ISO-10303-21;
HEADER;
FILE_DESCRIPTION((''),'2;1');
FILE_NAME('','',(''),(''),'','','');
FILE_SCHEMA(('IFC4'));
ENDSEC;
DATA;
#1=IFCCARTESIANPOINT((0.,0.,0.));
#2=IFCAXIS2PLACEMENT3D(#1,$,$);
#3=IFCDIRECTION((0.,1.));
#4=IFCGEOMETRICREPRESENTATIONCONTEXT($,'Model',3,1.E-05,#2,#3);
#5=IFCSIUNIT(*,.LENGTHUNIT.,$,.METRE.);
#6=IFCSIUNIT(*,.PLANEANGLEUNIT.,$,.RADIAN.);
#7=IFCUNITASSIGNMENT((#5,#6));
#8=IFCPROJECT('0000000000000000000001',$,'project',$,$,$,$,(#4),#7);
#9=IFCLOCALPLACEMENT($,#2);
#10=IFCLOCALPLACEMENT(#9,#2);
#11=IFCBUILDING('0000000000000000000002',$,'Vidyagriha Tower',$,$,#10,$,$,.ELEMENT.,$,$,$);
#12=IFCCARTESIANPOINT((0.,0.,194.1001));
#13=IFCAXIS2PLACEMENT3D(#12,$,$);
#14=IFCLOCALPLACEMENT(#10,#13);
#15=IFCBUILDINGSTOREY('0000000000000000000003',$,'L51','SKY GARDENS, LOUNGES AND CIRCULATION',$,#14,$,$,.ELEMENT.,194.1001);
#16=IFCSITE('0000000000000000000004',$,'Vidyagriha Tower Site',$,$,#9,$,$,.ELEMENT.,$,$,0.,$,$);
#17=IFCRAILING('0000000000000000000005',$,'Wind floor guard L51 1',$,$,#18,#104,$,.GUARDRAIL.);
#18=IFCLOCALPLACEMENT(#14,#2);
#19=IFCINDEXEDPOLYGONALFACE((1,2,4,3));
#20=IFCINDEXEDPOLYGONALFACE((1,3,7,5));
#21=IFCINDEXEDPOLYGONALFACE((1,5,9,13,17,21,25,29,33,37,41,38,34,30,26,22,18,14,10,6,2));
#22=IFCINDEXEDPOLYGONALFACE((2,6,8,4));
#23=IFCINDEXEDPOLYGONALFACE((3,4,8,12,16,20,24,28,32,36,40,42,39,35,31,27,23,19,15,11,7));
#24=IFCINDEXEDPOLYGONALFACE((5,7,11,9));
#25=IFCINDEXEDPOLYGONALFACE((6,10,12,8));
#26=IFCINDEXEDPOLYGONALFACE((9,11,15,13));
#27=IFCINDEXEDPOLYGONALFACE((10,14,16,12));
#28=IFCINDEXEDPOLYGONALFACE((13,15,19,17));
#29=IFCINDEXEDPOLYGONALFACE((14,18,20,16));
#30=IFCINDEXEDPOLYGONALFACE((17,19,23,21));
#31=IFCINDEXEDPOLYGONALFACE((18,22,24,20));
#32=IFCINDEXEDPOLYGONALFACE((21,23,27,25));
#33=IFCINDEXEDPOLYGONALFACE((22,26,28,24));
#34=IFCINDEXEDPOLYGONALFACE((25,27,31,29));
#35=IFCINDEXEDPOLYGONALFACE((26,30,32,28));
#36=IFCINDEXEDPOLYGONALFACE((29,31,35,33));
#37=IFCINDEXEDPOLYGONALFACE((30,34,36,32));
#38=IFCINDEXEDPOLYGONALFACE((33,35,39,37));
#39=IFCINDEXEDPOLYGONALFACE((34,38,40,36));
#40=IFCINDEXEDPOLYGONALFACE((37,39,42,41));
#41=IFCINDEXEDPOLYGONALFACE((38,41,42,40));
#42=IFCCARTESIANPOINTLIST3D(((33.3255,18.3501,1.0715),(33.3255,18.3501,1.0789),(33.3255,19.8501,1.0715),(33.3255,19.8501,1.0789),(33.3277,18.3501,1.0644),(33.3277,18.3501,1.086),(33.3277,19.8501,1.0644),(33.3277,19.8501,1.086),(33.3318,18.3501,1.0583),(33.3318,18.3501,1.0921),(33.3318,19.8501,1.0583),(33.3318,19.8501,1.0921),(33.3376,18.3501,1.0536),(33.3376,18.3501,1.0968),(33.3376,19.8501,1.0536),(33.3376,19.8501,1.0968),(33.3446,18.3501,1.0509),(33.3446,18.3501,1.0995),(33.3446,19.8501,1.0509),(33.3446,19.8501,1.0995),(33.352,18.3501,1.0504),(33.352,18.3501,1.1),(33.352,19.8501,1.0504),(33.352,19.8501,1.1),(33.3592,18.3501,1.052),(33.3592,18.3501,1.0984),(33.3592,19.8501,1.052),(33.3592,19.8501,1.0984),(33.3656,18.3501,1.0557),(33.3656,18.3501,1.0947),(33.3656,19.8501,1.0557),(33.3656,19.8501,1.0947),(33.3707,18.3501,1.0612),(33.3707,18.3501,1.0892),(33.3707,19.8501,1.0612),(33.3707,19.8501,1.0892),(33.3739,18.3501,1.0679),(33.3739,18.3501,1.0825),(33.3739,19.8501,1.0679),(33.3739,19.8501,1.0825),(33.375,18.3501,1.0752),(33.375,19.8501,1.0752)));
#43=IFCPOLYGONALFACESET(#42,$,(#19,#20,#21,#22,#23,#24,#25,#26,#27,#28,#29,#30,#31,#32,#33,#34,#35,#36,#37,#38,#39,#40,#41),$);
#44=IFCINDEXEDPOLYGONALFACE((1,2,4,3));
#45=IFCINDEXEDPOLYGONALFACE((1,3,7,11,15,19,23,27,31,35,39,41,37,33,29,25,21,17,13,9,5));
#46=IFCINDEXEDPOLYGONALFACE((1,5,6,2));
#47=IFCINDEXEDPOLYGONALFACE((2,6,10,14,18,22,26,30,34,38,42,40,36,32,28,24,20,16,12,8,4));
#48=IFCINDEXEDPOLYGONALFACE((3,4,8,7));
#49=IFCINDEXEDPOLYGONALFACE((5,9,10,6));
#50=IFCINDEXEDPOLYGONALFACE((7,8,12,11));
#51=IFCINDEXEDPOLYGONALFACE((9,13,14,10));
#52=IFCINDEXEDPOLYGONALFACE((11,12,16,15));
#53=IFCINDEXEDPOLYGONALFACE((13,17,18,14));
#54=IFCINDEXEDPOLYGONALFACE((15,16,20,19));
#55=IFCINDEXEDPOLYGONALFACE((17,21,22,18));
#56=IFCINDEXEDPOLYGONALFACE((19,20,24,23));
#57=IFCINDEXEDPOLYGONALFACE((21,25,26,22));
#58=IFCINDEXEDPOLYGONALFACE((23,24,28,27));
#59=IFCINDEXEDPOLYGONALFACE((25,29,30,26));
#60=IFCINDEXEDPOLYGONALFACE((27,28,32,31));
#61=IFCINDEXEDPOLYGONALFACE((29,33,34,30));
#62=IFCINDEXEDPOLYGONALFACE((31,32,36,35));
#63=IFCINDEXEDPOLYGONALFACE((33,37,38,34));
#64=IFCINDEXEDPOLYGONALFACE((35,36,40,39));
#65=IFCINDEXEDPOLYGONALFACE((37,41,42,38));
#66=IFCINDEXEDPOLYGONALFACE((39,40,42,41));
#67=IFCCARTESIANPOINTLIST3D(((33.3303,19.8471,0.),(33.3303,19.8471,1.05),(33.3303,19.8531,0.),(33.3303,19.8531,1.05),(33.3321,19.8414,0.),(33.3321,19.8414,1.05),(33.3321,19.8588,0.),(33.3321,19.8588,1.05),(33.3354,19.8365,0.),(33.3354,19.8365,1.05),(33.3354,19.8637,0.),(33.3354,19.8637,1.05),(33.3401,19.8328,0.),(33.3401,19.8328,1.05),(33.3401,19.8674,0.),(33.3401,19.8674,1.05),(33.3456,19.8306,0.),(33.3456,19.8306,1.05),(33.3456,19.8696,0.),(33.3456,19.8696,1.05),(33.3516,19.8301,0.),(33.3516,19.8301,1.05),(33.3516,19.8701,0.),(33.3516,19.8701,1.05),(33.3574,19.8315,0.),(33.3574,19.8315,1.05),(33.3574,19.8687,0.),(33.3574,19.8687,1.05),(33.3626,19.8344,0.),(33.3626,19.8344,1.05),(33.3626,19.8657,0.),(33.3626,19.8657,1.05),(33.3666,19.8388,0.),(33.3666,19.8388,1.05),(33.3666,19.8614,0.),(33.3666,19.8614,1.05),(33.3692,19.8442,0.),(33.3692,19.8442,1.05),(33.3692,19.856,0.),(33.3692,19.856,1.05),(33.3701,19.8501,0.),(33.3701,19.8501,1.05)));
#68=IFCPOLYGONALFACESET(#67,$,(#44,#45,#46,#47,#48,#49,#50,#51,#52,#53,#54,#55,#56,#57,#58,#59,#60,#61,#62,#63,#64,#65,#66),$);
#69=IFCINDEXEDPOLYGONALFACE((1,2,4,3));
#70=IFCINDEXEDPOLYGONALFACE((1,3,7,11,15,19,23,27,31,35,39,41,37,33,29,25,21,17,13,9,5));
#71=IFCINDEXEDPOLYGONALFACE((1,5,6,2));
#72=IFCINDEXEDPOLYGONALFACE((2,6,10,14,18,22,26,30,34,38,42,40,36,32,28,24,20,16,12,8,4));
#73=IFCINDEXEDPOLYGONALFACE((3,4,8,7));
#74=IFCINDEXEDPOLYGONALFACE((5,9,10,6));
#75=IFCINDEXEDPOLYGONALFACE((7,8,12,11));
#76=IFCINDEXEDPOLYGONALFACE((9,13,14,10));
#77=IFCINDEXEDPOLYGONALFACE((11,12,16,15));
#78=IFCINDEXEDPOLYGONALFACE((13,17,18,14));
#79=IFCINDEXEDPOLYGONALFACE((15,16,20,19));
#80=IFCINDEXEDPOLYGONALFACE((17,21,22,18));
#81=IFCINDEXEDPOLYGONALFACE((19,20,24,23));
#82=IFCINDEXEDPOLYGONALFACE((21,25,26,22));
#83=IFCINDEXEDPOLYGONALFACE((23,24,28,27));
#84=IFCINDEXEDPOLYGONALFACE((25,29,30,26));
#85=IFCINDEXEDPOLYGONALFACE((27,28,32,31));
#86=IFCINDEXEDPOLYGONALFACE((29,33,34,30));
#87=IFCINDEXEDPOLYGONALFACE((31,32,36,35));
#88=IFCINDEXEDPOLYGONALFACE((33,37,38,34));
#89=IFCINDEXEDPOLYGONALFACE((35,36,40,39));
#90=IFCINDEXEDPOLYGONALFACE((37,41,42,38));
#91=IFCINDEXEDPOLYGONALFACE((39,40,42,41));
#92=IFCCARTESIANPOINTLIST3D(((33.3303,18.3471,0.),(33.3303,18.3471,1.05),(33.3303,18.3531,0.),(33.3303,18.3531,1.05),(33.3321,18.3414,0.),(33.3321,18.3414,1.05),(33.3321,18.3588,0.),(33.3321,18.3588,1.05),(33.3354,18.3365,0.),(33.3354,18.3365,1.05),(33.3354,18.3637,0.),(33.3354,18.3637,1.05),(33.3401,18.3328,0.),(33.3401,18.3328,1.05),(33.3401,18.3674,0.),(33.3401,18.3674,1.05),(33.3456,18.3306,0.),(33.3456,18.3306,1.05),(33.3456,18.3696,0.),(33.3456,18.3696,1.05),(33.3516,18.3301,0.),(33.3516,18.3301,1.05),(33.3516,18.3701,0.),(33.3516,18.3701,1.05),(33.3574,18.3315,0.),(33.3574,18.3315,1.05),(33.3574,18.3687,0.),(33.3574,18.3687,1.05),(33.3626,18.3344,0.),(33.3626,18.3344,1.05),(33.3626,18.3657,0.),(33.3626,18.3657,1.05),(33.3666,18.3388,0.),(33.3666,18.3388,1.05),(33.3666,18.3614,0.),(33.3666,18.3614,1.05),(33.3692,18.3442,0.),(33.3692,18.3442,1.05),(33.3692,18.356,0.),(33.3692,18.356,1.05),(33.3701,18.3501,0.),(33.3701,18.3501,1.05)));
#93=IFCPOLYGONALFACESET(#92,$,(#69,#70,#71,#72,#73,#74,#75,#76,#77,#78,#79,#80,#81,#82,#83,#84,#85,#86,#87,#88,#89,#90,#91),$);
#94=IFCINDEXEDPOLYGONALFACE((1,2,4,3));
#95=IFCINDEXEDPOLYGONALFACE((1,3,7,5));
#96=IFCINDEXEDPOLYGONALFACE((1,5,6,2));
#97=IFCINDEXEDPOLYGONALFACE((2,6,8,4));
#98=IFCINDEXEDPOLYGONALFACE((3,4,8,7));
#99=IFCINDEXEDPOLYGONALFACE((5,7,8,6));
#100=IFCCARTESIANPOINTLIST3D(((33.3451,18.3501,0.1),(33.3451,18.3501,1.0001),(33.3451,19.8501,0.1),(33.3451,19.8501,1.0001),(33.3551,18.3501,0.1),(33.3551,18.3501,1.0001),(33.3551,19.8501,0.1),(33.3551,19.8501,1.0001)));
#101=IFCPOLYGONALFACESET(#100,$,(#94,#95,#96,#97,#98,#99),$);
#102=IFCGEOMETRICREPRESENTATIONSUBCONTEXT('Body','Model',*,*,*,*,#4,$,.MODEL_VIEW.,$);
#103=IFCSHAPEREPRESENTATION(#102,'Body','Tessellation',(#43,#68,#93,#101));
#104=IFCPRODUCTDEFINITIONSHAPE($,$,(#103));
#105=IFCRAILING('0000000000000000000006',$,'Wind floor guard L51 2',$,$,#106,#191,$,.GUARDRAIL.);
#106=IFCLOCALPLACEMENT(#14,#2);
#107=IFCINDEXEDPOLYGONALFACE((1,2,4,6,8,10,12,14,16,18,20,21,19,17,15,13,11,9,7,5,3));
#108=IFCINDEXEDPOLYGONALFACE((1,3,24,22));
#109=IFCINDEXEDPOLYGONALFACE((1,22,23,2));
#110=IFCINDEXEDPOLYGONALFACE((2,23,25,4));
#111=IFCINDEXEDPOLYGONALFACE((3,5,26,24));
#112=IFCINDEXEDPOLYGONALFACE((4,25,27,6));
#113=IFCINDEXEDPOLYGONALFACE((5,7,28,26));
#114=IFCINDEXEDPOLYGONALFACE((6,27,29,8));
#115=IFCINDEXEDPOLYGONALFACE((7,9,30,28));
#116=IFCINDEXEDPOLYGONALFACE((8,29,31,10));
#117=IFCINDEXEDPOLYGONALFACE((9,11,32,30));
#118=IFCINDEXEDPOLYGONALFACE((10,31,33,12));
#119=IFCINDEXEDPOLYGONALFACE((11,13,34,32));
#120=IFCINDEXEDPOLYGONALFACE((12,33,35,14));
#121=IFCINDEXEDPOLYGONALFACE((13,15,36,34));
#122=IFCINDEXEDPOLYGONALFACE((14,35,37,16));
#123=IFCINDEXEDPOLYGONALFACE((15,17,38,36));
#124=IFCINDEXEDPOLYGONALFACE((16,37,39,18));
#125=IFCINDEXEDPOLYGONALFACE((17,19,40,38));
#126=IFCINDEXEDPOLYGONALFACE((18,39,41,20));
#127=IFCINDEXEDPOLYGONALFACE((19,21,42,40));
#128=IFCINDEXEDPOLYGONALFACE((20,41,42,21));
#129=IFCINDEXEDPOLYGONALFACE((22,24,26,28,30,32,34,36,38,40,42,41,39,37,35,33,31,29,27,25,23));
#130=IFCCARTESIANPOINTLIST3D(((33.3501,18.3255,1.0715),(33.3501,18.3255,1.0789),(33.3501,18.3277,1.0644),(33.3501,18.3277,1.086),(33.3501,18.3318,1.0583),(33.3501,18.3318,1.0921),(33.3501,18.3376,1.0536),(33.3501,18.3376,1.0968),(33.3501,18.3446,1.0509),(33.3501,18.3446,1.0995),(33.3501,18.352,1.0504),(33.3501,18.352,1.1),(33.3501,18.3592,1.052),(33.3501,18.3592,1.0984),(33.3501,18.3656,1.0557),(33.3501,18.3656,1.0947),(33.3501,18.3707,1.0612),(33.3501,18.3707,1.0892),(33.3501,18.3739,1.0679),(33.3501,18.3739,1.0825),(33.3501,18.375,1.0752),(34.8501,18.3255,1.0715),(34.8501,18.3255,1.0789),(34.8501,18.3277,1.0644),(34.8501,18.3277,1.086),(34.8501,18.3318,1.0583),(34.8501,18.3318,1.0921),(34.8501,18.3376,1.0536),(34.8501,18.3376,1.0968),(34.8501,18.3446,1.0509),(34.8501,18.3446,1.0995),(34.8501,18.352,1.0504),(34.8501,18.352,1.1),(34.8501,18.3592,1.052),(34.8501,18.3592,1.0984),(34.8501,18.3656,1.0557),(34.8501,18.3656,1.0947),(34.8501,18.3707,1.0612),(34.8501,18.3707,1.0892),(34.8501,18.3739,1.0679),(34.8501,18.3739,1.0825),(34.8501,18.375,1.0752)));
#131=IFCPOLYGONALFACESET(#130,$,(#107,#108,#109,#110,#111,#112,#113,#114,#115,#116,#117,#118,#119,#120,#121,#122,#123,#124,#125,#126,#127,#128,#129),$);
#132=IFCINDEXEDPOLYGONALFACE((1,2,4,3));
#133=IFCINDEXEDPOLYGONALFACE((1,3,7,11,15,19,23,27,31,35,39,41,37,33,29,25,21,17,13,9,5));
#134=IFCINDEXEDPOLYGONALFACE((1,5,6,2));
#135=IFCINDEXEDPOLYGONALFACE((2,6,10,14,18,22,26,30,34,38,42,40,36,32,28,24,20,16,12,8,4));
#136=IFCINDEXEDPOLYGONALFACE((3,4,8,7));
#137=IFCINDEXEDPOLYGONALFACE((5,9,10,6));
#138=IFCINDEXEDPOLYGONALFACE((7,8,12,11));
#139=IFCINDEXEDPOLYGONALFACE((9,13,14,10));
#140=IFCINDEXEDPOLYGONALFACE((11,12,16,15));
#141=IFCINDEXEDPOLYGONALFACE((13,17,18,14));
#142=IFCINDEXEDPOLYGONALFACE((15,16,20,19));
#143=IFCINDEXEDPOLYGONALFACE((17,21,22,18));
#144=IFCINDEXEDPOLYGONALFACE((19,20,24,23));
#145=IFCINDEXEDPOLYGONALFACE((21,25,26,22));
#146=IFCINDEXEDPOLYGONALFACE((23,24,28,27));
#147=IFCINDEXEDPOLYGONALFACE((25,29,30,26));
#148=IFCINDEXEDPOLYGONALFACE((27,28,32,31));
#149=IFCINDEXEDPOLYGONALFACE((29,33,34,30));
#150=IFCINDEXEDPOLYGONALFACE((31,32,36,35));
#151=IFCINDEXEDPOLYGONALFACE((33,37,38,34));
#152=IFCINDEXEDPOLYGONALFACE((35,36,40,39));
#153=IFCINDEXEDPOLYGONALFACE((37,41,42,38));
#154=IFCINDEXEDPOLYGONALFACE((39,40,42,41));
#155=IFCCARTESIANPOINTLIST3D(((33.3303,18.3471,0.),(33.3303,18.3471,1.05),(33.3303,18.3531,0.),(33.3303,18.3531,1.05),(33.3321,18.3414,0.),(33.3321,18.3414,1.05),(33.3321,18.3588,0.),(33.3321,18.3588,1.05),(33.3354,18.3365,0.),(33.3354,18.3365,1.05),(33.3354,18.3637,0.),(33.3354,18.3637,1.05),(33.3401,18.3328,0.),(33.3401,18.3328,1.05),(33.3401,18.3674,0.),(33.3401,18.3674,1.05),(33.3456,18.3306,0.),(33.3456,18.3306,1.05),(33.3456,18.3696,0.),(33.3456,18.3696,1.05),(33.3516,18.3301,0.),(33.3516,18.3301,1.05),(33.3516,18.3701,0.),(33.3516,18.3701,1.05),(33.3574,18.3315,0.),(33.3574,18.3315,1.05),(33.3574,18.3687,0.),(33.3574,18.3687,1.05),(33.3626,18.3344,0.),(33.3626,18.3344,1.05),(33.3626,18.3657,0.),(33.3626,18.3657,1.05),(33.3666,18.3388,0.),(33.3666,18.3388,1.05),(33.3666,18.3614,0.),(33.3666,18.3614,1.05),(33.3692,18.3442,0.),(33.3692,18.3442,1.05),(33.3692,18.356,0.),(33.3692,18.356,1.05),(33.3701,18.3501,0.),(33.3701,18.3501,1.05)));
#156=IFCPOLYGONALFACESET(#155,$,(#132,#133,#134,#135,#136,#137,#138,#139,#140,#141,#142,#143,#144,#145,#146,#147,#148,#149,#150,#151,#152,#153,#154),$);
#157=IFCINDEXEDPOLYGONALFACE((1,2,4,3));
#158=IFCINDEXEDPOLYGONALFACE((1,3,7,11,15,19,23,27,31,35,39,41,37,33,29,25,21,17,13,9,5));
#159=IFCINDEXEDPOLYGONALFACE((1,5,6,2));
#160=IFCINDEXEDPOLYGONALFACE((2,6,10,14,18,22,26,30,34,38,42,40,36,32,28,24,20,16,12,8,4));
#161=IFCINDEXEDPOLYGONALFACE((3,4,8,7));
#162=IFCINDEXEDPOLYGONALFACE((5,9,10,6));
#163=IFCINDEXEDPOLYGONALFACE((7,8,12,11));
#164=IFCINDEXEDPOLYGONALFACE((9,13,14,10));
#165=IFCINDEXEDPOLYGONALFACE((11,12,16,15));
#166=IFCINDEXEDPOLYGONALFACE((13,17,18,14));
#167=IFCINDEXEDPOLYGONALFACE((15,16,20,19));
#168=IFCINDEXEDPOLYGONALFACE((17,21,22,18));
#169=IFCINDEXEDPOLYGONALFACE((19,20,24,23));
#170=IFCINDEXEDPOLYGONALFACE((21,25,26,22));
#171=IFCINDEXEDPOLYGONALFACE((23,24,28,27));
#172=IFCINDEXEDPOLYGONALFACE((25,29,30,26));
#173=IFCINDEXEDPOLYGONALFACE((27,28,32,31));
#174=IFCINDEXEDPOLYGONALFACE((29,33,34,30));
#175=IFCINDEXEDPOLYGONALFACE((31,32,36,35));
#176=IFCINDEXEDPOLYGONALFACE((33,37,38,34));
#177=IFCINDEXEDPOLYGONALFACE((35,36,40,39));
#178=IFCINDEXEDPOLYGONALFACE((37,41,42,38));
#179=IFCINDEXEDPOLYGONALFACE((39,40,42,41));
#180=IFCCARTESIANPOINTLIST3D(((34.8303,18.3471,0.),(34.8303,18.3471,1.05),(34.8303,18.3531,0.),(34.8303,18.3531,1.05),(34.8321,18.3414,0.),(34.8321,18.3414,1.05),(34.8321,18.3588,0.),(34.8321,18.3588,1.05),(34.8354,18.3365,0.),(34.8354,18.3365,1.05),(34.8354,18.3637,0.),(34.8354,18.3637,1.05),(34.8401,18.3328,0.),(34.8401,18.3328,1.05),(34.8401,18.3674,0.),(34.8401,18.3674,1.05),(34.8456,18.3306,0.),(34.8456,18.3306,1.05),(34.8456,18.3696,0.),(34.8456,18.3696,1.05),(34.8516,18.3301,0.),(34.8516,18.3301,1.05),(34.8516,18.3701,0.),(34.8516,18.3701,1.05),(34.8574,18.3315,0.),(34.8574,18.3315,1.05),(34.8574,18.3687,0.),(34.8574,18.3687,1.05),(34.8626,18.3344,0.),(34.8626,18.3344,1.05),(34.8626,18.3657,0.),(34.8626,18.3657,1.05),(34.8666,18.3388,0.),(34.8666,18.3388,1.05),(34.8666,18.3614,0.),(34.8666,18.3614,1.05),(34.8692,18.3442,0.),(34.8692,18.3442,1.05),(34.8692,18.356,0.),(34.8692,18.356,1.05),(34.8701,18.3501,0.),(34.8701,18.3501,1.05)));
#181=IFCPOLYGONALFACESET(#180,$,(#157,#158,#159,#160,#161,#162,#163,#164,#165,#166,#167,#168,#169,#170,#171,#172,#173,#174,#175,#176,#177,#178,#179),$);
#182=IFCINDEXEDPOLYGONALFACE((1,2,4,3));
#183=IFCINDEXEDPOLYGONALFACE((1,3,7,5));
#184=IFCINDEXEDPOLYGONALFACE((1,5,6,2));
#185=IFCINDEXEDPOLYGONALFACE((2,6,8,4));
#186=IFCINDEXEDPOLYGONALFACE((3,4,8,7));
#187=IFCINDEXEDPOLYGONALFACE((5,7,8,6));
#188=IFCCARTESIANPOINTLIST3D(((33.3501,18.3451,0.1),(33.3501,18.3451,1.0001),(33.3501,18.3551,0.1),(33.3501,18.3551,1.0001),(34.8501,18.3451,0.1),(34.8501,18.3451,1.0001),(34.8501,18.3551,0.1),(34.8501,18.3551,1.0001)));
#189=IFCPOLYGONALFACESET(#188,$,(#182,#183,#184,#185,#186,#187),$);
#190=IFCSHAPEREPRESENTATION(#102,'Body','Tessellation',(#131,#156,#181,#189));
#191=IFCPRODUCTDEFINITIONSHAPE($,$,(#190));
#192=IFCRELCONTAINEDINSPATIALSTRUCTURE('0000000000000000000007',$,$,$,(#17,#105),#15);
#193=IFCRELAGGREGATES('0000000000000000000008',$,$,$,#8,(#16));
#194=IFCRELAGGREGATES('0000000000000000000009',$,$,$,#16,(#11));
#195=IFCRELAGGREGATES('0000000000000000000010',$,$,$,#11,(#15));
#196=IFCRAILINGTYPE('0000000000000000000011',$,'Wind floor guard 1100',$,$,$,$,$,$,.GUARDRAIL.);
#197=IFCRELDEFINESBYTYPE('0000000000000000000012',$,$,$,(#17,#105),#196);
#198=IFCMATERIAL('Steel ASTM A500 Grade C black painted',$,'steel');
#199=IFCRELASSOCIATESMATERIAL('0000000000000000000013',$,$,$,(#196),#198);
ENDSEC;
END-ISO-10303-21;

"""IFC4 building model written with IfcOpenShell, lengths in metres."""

from ifc_helpers import new_model, si_unit, direction, frame, origin, origin_2d, place, context, subcontext, project, spatial, rectangle, circle, extrude, material, type_object, element, save


model = new_model("IFC4")

# Units and contexts
model_context = context("Model", 3, precision=1e-05, world=origin(), true_north=direction((0.0, 1.0)))
body_context = subcontext(model_context, "Body", "Model", "MODEL_VIEW")
ifc_project = project(units=[si_unit("LENGTHUNIT", "METRE"), si_unit("PLANEANGLEUNIT", "RADIAN")], contexts=[model_context])

# Site, building, storey
site_placement = place(None, origin())
site = spatial("IfcSite", under=ifc_project, at=site_placement, Name="Vidyagriha Tower Site", CompositionType="ELEMENT", RefElevation=0.0)
building_placement = place(site_placement, origin())
building = spatial("IfcBuilding", under=site, at=building_placement, Name="Vidyagriha Tower", CompositionType="ELEMENT")
storey_placement = place(building_placement, frame((0.0, 0.0, 194.1001)))
storey = spatial("IfcBuildingStorey", under=building, at=storey_placement, Name="L51", Description="SKY GARDENS, LOUNGES AND CIRCULATION", CompositionType="ELEMENT", Elevation=194.1001)

# Railings
ifc_material_1 = material(Name="Steel ASTM A500 Grade C black painted", Category="steel")
railing_type_1 = type_object("IfcRailingType", Name="Wind floor guard 1100", PredefinedType="GUARDRAIL", material=ifc_material_1)
railing_1_placement = place(storey_placement, frame((33.3501, 19.8501, 0.0)))
element("IfcRailing", 1, at=railing_1_placement, inside=storey, type_object=railing_type_1, Name="Wind floor guard L51 1", PredefinedType="GUARDRAIL", context=body_context, shape_type="SweptSolid", body=[
    extrude(circle(Radius=0.0249, at=origin_2d()), frame((0.0, 0.0, 1.0752), z_axis=(0.0, -1.0, 0.0), x_axis=(1.0, 0.0, 0.0)), (0.0, 0.0, 1.0), 1.5),
    extrude(circle(Radius=0.02, at=origin_2d()), origin(), (0.0, 0.0, 1.0), 1.05),
    extrude(circle(Radius=0.02, at=origin_2d()), frame((0.0, -1.5, 0.0)), (0.0, 0.0, 1.0), 1.05),
    extrude(rectangle(XDim=0.01, YDim=0.9001, at=origin_2d()), frame((0.0, 0.0, 0.55), z_axis=(0.0, -1.0, 0.0), x_axis=(1.0, 0.0, 0.0)), (0.0, 0.0, 1.0), 1.5),
])
railing_2_placement = place(storey_placement, frame((33.3501, 18.3501, 0.0)))
element("IfcRailing", 2, at=railing_2_placement, inside=storey, type_object=railing_type_1, Name="Wind floor guard L51 2", PredefinedType="GUARDRAIL", context=body_context, shape_type="SweptSolid", body=[
    extrude(circle(Radius=0.0249, at=origin_2d()), frame((0.0, 0.0, 1.0752), z_axis=(1.0, 0.0, 0.0), x_axis=(0.0, 1.0, 0.0)), (0.0, 0.0, 1.0), 1.5),
    extrude(circle(Radius=0.02, at=origin_2d()), origin(), (0.0, 0.0, 1.0), 1.05),
    extrude(circle(Radius=0.02, at=origin_2d()), frame((1.5, 0.0, 0.0)), (0.0, 0.0, 1.0), 1.05),
    extrude(rectangle(XDim=0.01, YDim=0.9001, at=origin_2d()), frame((0.0, 0.0, 0.55), z_axis=(1.0, 0.0, 0.0), x_axis=(0.0, 1.0, 0.0)), (0.0, 0.0, 1.0), 1.5),
])

save(model, "model.ifc")
